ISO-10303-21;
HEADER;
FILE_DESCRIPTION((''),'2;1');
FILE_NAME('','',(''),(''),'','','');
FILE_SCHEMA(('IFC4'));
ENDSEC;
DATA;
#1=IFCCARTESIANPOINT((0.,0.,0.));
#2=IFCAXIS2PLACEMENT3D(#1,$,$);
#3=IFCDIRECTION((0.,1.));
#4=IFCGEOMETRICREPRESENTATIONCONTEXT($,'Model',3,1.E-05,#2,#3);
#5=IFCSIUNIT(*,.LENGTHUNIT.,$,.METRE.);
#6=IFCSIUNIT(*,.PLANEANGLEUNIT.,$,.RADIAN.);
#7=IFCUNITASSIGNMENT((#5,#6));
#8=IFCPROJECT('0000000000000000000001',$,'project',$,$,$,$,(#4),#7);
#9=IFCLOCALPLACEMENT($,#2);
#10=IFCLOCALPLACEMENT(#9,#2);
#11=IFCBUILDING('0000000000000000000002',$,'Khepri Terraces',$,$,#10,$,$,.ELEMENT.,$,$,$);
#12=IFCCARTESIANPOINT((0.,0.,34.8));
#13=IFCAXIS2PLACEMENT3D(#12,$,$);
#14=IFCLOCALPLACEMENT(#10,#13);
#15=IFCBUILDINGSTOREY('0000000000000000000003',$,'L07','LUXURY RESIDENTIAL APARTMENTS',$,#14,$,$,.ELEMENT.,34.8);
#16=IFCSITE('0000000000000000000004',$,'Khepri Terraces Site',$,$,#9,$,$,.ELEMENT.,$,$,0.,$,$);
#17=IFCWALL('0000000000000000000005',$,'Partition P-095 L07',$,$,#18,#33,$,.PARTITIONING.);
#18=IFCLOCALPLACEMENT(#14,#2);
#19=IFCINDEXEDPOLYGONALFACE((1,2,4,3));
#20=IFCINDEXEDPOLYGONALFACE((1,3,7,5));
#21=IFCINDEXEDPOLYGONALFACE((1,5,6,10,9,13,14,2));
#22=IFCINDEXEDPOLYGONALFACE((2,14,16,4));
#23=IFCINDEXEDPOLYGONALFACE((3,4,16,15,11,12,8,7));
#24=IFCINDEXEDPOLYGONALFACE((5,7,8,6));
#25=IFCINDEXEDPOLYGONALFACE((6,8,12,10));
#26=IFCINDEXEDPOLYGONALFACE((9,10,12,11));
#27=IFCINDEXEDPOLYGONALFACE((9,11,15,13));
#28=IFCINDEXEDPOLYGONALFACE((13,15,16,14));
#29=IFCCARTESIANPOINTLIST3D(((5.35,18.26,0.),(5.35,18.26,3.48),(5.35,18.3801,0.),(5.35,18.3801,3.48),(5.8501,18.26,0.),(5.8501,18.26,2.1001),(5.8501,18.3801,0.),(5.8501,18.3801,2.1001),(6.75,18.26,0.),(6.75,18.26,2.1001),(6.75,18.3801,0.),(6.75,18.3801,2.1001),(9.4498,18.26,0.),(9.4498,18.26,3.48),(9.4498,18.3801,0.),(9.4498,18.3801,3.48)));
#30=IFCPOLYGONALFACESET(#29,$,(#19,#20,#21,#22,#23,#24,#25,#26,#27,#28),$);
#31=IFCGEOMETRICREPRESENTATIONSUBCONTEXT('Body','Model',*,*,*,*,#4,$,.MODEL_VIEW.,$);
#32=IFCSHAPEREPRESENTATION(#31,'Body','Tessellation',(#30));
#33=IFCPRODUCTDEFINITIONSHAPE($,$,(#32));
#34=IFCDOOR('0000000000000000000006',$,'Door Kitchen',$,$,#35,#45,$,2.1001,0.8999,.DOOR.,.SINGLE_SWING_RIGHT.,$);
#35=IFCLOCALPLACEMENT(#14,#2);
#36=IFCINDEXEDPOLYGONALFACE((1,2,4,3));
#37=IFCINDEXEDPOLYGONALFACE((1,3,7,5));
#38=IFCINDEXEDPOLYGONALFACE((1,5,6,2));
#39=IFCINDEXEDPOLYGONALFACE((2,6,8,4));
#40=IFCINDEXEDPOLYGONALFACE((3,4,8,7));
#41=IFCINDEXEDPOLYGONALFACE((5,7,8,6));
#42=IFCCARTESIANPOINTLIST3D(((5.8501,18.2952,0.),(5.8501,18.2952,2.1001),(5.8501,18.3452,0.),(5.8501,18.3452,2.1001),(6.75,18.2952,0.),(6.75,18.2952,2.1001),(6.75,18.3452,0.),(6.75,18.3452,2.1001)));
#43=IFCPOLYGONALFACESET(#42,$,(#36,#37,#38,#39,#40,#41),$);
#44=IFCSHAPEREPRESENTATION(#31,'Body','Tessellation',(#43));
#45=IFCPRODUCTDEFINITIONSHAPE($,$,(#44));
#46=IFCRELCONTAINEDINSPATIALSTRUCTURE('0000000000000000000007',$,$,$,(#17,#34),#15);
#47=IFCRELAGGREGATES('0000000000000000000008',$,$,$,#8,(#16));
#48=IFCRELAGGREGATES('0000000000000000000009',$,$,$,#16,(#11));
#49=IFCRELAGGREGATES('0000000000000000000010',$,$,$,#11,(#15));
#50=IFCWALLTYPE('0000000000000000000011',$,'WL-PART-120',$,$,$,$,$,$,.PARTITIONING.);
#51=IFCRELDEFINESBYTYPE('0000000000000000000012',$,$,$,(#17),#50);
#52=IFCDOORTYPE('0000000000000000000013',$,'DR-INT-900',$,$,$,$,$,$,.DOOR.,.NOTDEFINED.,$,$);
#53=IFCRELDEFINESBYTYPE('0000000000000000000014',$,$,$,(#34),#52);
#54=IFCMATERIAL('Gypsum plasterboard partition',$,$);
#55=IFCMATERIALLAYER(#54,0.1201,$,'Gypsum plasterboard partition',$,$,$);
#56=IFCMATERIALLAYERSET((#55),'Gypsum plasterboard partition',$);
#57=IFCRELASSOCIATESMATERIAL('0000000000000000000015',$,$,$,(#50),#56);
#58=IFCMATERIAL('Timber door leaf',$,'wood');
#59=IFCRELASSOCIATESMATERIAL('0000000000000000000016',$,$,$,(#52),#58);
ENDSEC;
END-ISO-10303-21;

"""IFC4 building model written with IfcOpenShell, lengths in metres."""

from ifc_helpers import new_model, si_unit, direction, frame, frame_2d, origin, place, context, subcontext, project, spatial, rectangle, extrude, material, layer, layer_set, type_object, element, fill, save


model = new_model("IFC4")

# Units and contexts
model_context = context("Model", 3, precision=1e-05, world=origin(), true_north=direction((0.0, 1.0)))
body_context = subcontext(model_context, "Body", "Model", "MODEL_VIEW")
ifc_project = project(units=[si_unit("LENGTHUNIT", "METRE"), si_unit("PLANEANGLEUNIT", "RADIAN")], contexts=[model_context])

# Site, building, storey
site_placement = place(None, origin())
site = spatial("IfcSite", under=ifc_project, at=site_placement, Name="Khepri Terraces Site", CompositionType="ELEMENT", RefElevation=0.0)
building_placement = place(site_placement, origin())
building = spatial("IfcBuilding", under=site, at=building_placement, Name="Khepri Terraces", CompositionType="ELEMENT")
storey_placement = place(building_placement, frame((0.0, 0.0, 34.8)))
storey = spatial("IfcBuildingStorey", under=building, at=storey_placement, Name="L07", Description="LUXURY RESIDENTIAL APARTMENTS", CompositionType="ELEMENT", Elevation=34.8)

# Shared definitions
ifc_material_1 = material(Name="Gypsum plasterboard partition")
ifc_layer_1 = layer(ifc_material_1, 0.1201, Name="Gypsum plasterboard partition")
ifc_layer_set_1 = layer_set([ifc_layer_1], Name="Gypsum plasterboard partition")
wall_type_1 = type_object("IfcWallType", Name="WL-PART-120", PredefinedType="PARTITIONING", material=ifc_layer_set_1)

# Shared definitions
ifc_material_2 = material(Name="Timber door leaf", Category="wood")
door_type_1 = type_object("IfcDoorType", Name="DR-INT-900", OperationType="NOTDEFINED", PredefinedType="DOOR", material=ifc_material_2)

# Wall, opening, door
wall_1_placement = place(storey_placement, frame((5.3501, 18.3201, 0.0), z_axis=(0.0, 0.0, 1.0), x_axis=(1.0, 0.0, 0.0)))
wall_1 = element("IfcWall", 1, at=wall_1_placement, inside=storey, type_object=wall_type_1, Name="Partition P-095 L07", PredefinedType="PARTITIONING", context=body_context, shape_type="SweptSolid", body=[
    extrude(rectangle(XDim=4.0999, YDim=0.1201, at=frame_2d((2.0498, 0.0))), origin(), (0.0, 0.0, 1.0), 3.48),
])
opening_1_placement = place(wall_1_placement, frame((0.5, 0.0, 0.0)))
opening_1 = element("IfcOpeningElement", 2, at=opening_1_placement, cuts=wall_1, PredefinedType="OPENING", context=body_context, shape_type="SweptSolid", body=[
    extrude(rectangle(XDim=0.8999, YDim=2.1001, at=frame_2d((0.45, 1.05))), frame((0.0, 0.0701, 0.0), z_axis=(0.0, -1.0, 0.0), x_axis=(1.0, 0.0, 0.0)), (0.0, 0.0, 1.0), 0.1401),
])
door_1_placement = place(opening_1_placement, frame((0.8999, 0.0, 0.0), z_axis=(0.0, 0.0, 1.0), x_axis=(-1.0, 0.0, 0.0)))
door_1 = element("IfcDoor", 3, at=door_1_placement, inside=storey, type_object=door_type_1, Name="Door Kitchen", OperationType="SINGLE_SWING_RIGHT", OverallHeight=2.1001, OverallWidth=0.8999, PredefinedType="DOOR", context=body_context, shape_type="SweptSolid", body=[
    extrude(rectangle(XDim=0.8999, YDim=2.1001, at=frame_2d((0.45, 1.05))), frame((0.0, 0.0249, 0.0), z_axis=(0.0, -1.0, 0.0), x_axis=(1.0, 0.0, 0.0)), (0.0, 0.0, 1.0), 0.05),
])
fill(opening_1, door_1)

save(model, "model.ifc")
